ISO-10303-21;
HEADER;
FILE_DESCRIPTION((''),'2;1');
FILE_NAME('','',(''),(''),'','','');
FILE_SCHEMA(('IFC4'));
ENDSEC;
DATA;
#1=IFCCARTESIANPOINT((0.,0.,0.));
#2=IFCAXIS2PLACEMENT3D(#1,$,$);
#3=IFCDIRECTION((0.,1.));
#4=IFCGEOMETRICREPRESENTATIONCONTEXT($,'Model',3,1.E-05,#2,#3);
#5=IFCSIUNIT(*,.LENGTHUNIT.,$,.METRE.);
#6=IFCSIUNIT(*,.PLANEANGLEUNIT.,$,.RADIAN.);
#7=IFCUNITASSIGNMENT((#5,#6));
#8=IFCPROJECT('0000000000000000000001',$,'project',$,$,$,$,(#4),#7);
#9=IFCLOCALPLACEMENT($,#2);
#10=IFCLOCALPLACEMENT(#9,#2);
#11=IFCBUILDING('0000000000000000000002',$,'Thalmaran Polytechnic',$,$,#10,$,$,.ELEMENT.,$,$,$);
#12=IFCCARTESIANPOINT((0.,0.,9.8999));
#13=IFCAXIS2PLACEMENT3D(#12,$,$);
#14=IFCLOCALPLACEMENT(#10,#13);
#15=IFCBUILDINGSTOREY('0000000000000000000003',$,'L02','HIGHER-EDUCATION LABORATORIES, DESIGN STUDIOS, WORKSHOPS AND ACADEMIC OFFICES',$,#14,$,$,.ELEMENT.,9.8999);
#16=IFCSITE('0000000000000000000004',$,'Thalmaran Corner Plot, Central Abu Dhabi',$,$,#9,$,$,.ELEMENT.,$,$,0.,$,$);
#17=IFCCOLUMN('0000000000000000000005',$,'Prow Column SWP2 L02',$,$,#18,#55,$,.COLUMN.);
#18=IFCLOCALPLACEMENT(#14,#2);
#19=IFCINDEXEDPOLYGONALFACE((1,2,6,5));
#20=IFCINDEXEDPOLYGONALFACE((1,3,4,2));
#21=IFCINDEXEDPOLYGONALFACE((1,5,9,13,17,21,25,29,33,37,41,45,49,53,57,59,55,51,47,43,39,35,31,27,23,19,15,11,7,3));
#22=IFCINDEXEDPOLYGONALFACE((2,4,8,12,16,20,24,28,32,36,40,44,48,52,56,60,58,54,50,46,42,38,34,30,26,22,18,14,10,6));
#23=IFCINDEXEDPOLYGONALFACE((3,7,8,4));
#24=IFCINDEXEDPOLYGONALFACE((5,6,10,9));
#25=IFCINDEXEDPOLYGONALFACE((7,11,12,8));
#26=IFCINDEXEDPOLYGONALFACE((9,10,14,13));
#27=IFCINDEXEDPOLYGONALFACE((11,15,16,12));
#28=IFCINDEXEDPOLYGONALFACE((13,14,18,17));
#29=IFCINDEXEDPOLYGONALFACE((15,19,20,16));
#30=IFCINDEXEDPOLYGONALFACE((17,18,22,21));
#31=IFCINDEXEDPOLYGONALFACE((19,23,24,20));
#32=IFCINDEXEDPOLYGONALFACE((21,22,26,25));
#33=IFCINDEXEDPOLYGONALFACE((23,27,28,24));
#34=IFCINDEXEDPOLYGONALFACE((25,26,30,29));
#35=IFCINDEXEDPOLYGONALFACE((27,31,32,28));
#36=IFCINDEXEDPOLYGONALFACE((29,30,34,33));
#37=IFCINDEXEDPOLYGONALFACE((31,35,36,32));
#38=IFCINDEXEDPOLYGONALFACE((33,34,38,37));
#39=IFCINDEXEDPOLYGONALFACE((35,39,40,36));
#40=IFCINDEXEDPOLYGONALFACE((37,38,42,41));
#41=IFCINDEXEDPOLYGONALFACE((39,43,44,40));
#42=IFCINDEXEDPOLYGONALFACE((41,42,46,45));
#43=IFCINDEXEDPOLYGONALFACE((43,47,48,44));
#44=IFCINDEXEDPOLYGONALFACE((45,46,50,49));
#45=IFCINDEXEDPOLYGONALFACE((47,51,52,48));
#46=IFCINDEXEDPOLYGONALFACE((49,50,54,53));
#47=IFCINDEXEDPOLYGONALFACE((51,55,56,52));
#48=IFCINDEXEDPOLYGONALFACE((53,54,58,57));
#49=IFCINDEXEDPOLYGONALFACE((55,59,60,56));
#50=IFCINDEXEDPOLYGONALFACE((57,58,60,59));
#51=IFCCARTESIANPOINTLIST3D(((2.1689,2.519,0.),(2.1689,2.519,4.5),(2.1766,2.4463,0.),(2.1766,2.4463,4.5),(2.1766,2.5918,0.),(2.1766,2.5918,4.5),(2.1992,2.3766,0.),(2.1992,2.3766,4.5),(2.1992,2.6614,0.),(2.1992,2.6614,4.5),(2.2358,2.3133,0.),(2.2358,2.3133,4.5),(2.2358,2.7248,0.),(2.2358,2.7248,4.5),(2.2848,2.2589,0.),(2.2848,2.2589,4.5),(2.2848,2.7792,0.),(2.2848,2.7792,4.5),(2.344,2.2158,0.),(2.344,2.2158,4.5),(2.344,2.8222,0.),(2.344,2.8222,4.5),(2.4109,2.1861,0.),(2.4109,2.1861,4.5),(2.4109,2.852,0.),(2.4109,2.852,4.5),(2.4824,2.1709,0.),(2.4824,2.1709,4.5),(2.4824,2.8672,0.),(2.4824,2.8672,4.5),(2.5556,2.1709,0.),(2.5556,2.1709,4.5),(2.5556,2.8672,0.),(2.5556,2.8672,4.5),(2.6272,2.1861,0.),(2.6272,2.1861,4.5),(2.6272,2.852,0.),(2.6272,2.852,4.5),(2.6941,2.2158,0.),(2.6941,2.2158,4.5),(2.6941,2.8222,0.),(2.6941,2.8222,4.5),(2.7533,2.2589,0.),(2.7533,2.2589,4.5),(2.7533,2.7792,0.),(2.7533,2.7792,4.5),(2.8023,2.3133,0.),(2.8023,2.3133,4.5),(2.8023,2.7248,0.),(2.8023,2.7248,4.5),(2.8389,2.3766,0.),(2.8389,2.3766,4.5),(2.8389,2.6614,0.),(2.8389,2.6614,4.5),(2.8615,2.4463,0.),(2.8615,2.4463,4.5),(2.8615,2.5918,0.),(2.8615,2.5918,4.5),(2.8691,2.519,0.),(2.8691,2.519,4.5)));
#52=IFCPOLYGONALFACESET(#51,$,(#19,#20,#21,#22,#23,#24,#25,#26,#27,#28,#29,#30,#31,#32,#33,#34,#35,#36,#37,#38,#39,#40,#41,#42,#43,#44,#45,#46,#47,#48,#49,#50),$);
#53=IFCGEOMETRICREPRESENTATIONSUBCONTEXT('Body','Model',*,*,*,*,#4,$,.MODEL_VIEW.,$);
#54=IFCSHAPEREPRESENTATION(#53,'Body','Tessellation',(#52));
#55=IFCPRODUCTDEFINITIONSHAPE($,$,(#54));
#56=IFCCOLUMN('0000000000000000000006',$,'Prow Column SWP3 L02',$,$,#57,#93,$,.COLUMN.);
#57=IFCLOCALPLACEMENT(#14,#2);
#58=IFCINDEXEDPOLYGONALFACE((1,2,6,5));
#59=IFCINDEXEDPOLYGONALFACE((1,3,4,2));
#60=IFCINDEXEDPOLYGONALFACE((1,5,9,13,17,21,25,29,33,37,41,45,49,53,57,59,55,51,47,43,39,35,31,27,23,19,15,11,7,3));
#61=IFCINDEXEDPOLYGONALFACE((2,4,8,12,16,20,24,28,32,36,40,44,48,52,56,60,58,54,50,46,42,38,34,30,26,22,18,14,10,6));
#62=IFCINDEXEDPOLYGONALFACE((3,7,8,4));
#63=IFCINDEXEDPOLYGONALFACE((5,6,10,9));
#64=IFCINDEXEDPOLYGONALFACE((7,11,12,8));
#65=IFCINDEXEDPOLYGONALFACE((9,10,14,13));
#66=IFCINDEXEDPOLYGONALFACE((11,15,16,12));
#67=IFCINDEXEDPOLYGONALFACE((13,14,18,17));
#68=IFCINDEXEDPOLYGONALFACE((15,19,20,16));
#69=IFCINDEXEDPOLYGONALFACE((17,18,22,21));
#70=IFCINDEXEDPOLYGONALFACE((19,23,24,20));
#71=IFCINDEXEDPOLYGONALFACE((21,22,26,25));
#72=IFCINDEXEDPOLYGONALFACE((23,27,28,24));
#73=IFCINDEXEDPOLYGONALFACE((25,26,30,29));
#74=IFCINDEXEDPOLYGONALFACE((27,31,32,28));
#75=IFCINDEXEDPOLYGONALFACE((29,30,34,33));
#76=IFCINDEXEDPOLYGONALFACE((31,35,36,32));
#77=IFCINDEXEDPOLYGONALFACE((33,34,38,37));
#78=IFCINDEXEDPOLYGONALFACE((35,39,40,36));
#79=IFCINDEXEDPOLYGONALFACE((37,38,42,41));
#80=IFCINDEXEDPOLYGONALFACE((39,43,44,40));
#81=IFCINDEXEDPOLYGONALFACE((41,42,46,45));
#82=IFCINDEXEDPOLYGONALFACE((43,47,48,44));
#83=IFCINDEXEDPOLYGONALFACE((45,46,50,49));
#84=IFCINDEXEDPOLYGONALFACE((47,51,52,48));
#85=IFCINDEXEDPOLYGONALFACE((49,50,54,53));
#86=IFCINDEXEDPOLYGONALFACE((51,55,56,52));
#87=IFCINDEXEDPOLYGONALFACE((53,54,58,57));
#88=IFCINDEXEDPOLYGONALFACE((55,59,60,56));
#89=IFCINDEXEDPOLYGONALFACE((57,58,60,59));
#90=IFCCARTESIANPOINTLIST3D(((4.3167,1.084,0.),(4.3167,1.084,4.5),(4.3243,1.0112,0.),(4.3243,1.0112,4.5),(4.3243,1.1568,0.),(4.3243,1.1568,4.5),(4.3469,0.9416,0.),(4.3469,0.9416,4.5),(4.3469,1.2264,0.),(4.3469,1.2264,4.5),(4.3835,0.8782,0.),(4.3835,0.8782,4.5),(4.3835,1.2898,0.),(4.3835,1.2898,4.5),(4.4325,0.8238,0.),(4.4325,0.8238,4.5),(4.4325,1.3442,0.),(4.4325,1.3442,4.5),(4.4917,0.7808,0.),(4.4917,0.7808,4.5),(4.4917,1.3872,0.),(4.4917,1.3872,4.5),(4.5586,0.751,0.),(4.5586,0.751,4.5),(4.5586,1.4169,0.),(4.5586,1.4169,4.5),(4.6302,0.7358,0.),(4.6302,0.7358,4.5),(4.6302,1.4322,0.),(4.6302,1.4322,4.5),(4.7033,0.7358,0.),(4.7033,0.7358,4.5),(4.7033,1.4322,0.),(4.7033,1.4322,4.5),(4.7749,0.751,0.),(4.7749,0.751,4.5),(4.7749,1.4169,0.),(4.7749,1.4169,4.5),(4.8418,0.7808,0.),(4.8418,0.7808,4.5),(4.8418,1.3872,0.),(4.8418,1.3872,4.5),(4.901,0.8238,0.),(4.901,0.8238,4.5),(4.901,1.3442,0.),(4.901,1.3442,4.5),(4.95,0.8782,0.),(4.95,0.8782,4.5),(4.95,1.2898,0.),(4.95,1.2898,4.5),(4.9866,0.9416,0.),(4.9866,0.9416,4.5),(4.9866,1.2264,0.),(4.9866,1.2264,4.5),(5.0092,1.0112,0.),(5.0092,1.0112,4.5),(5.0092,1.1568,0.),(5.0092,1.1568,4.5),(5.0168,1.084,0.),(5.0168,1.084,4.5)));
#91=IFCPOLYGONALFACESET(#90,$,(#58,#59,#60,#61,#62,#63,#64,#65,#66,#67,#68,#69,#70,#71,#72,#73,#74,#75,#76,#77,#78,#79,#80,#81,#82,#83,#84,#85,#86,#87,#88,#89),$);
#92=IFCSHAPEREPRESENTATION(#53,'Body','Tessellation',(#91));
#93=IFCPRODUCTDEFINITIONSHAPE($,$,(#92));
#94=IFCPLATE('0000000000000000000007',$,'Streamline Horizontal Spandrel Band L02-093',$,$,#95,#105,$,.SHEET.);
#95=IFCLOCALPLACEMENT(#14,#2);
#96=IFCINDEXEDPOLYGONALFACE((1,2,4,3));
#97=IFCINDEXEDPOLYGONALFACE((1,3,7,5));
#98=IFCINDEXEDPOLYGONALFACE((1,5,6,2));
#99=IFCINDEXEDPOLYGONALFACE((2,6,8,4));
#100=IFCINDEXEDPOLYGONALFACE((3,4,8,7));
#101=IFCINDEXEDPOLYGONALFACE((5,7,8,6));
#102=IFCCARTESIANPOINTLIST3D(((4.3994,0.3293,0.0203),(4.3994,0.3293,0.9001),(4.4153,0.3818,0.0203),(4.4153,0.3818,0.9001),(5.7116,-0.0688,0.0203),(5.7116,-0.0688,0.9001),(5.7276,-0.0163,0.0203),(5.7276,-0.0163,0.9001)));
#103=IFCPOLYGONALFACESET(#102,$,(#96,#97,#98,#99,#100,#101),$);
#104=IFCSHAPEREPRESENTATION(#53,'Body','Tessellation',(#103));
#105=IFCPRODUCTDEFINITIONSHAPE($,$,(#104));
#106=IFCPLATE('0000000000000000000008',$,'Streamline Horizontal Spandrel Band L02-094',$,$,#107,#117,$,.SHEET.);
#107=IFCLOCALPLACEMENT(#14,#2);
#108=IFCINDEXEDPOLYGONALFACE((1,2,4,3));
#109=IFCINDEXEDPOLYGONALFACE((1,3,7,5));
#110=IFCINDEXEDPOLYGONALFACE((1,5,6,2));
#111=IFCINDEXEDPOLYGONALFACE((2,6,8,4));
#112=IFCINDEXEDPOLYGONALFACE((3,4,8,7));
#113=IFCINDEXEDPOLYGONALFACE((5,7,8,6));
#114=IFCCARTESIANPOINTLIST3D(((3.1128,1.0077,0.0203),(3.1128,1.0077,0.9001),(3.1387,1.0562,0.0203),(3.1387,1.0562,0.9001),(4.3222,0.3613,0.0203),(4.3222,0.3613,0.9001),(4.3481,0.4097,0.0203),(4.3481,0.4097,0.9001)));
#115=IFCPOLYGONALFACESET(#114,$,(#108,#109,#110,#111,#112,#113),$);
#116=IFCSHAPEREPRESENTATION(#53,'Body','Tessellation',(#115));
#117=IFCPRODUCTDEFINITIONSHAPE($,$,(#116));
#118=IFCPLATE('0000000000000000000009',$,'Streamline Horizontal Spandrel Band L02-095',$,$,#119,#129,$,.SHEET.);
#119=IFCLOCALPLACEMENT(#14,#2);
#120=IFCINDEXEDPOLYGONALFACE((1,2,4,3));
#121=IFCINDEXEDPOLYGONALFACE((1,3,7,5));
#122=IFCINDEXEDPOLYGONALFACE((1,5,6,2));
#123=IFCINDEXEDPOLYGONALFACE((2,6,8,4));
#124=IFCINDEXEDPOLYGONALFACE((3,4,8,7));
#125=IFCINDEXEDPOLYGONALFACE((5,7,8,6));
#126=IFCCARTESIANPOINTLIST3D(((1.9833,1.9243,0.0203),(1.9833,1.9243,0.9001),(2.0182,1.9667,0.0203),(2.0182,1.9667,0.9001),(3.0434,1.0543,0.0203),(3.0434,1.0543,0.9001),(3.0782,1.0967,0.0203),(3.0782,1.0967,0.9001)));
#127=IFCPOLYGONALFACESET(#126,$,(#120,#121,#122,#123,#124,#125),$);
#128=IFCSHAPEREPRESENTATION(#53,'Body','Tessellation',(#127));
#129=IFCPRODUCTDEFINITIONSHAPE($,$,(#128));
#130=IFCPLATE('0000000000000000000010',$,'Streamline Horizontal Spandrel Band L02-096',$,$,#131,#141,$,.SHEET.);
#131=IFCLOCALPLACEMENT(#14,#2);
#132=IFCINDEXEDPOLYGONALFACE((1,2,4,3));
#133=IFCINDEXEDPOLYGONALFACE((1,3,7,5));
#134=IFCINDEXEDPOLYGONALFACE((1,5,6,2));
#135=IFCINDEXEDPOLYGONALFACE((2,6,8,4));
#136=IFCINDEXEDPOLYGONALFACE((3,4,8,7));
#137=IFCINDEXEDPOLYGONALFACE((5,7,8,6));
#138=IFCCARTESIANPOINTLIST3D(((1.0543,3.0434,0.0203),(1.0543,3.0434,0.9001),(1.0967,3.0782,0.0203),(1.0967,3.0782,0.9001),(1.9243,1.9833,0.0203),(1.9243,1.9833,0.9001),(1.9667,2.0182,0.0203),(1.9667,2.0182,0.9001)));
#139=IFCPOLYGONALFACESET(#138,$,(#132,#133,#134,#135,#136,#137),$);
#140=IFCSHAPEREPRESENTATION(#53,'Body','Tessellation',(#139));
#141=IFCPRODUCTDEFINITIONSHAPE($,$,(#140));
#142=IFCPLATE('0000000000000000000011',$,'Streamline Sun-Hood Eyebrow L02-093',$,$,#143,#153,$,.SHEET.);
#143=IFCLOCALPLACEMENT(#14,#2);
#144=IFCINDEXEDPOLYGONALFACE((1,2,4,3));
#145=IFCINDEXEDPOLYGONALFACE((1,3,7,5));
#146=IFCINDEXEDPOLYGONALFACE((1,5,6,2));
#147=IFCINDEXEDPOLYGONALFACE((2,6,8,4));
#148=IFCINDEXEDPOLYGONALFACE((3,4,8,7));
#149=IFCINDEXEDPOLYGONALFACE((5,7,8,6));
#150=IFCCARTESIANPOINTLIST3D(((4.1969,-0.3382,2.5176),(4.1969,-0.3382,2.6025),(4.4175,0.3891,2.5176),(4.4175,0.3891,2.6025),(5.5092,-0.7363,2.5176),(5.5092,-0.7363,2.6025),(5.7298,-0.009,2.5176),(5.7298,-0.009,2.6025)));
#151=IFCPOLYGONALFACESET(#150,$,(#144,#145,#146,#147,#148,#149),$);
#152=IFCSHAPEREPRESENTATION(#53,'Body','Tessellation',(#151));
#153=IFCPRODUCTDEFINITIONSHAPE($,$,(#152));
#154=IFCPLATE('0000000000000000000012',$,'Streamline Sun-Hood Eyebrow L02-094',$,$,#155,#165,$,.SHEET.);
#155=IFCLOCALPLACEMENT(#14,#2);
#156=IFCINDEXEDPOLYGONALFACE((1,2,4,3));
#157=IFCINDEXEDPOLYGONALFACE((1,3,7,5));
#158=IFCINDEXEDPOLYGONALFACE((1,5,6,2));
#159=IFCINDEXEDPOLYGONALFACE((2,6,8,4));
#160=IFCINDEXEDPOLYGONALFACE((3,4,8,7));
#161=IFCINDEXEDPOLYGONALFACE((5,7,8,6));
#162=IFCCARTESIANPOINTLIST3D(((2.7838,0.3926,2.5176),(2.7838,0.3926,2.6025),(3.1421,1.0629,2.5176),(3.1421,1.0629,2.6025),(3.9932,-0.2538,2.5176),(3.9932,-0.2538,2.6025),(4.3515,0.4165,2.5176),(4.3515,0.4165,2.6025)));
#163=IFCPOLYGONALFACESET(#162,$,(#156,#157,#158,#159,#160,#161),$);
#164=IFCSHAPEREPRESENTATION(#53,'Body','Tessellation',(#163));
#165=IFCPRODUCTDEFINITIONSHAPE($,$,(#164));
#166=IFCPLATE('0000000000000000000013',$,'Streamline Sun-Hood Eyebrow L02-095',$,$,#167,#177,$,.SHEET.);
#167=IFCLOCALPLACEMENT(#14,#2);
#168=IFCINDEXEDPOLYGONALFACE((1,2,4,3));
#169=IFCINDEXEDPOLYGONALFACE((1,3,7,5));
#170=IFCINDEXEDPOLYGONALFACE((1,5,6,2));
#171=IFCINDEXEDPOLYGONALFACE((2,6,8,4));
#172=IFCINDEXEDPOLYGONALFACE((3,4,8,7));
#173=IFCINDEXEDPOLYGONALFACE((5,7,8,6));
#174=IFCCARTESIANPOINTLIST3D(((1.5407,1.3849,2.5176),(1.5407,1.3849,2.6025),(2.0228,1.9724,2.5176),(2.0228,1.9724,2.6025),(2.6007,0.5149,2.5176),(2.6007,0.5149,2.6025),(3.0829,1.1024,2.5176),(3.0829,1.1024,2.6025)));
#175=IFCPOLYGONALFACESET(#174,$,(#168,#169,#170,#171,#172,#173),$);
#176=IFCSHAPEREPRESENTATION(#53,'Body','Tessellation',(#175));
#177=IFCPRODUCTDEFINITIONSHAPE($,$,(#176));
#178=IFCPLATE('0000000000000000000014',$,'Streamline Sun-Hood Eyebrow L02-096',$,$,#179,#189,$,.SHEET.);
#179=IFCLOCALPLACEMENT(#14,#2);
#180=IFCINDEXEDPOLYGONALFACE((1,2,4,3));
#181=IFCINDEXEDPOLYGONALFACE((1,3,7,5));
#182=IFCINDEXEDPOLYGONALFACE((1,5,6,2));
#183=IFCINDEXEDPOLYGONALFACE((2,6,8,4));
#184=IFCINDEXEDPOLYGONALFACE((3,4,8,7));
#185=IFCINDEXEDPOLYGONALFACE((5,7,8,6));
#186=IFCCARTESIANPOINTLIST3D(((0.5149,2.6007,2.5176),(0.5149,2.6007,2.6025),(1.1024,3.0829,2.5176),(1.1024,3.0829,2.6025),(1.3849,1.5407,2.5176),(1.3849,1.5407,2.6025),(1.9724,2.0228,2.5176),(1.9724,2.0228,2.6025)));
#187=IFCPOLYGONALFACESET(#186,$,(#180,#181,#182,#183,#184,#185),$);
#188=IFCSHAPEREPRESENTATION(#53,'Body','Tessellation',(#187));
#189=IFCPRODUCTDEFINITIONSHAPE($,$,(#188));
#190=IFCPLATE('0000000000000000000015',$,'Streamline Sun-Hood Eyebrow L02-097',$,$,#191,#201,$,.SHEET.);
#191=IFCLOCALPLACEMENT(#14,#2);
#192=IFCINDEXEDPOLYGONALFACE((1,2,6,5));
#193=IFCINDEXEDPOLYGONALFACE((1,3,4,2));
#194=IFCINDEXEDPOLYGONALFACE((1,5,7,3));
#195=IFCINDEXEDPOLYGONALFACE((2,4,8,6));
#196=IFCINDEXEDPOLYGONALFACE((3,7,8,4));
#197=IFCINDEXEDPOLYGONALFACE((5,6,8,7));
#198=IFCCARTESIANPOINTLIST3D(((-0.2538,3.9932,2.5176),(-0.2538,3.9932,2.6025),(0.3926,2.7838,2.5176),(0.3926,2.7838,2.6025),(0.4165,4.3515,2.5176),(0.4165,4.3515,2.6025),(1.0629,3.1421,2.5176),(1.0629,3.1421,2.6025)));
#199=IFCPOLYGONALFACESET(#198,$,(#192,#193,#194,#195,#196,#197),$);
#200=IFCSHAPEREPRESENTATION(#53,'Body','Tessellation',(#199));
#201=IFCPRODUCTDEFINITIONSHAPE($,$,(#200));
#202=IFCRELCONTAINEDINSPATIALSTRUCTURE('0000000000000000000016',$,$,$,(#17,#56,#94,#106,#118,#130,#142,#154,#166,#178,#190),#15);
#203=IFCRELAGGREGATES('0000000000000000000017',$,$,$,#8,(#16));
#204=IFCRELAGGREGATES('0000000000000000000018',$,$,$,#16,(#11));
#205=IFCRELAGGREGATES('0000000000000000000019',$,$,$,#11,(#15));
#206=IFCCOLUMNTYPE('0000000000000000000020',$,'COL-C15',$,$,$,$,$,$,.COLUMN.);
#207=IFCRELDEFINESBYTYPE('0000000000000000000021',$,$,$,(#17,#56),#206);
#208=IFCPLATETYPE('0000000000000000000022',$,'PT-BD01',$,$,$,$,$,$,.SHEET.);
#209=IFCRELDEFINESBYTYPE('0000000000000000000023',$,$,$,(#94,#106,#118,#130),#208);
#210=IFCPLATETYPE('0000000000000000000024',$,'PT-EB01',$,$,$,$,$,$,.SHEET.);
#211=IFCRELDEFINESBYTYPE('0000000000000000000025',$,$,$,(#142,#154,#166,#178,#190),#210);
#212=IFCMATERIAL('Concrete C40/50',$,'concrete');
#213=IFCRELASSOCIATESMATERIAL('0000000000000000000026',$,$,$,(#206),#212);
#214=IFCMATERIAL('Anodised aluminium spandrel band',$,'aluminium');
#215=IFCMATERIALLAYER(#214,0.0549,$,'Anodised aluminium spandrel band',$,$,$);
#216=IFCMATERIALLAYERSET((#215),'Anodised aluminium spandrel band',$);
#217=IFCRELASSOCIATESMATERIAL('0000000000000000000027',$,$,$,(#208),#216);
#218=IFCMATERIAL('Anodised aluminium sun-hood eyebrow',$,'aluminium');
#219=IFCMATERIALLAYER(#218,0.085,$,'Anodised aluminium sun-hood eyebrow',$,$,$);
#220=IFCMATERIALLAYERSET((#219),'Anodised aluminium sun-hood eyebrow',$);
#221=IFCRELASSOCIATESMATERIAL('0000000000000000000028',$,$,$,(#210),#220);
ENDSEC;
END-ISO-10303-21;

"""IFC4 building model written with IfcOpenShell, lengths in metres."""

from ifc_helpers import new_model, si_unit, direction, frame, origin, origin_2d, place, context, subcontext, project, spatial, rectangle, circle, extrude, material, layer, layer_set, material_profile, profile_set, type_object, element, save


model = new_model("IFC4")

# Units and contexts
model_context = context("Model", 3, precision=1e-05, world=origin(), true_north=direction((0.0, 1.0)))
body_context = subcontext(model_context, "Body", "Model", "MODEL_VIEW")
ifc_project = project(units=[si_unit("LENGTHUNIT", "METRE"), si_unit("PLANEANGLEUNIT", "RADIAN")], contexts=[model_context])

# Site, building, storey
site_placement = place(None, origin())
site = spatial("IfcSite", under=ifc_project, at=site_placement, Name="Thalmaran Corner Plot, Central Abu Dhabi", CompositionType="ELEMENT", RefElevation=0.0)
building_placement = place(site_placement, origin())
building = spatial("IfcBuilding", under=site, at=building_placement, Name="Thalmaran Polytechnic", CompositionType="ELEMENT")
storey_placement = place(building_placement, frame((0.0, 0.0, 9.8999)))
storey = spatial("IfcBuildingStorey", under=building, at=storey_placement, Name="L02", Description="HIGHER-EDUCATION LABORATORIES, DESIGN STUDIOS, WORKSHOPS AND ACADEMIC OFFICES", CompositionType="ELEMENT", Elevation=9.8999)

# Columns
ifc_material_1 = material(Name="Concrete C40/50", Category="concrete")
ifc_material_profile = material_profile(ifc_material_1, circle(Radius=0.3501, at=origin_2d()), Name="RC 700 DIA")
ifc_profile_set = profile_set([ifc_material_profile], Name="Concrete C40/50")
column_type = type_object("IfcColumnType", Name="COL-C15", PredefinedType="COLUMN", material=ifc_profile_set)
for number, where, z_axis, x_axis, name in (
    (1, (2.519, 2.519, 0.0), (0.0, 0.0, 1.0), (1.0, 0.0, 0.0), "Prow Column SWP2 L02"),
    (2, (4.6667, 1.084, 0.0), (0.0, 0.0, 1.0), (1.0, 0.0, 0.0), "Prow Column SWP3 L02"),
):
    element("IfcColumn", number, at=place(storey_placement, frame(where, z_axis=z_axis, x_axis=x_axis)), inside=storey, type_object=column_type, Name=name, PredefinedType="COLUMN", context=body_context, shape_type="SweptSolid", body=[
        extrude(circle(Radius=0.3501, at=origin_2d()), origin(), (0.0, 0.0, 1.0), 4.5),
    ])

# Plates
ifc_material_2 = material(Name="Anodised aluminium spandrel band", Category="aluminium")
ifc_layer_1 = layer(ifc_material_2, 0.0549, Name="Anodised aluminium spandrel band")
ifc_layer_set_1 = layer_set([ifc_layer_1], Name="Anodised aluminium spandrel band")
plate_type_1 = type_object("IfcPlateType", Name="PT-BD01", PredefinedType="SHEET", material=ifc_layer_set_1)
for number, where, z_axis, x_axis, name in (
    (3, (5.0635, 0.1565, 0.0203), (0.0, 0.0, 1.0), (-0.95694, 0.290285, 0.0), "Streamline Horizontal Spandrel Band L02-093"),
    (4, (3.7305, 0.7087, 0.0203), (0.0, 0.0, 1.0), (-0.881921, 0.471397, 0.0), "Streamline Horizontal Spandrel Band L02-094"),
    (5, (2.5308, 1.5105, 0.0203), (0.0, 0.0, 1.0), (-0.77301, 0.634393, 0.0), "Streamline Horizontal Spandrel Band L02-095"),
    (6, (1.5105, 2.5308, 0.0203), (0.0, 0.0, 1.0), (-0.634393, 0.77301, 0.0), "Streamline Horizontal Spandrel Band L02-096"),
):
    element("IfcPlate", number, at=place(storey_placement, frame(where, z_axis=z_axis, x_axis=x_axis)), inside=storey, type_object=plate_type_1, Name=name, PredefinedType="SHEET", context=body_context, shape_type="SweptSolid", body=[
        extrude(rectangle(XDim=1.3713, YDim=0.0549, at=origin_2d()), origin(), (0.0, 0.0, 1.0), 0.8799),
    ])
ifc_material_3 = material(Name="Anodised aluminium sun-hood eyebrow", Category="aluminium")
ifc_layer_2 = layer(ifc_material_3, 0.085, Name="Anodised aluminium sun-hood eyebrow")
ifc_layer_set_2 = layer_set([ifc_layer_2], Name="Anodised aluminium sun-hood eyebrow")
plate_type_2 = type_object("IfcPlateType", Name="PT-EB01", PredefinedType="SHEET", material=ifc_layer_set_2)
for number, where, z_axis, x_axis, name in (
    (7, (4.9634, -0.1736, 2.5176), (0.0, 0.0, 1.0), (-0.95694, 0.290285, 0.0), "Streamline Sun-Hood Eyebrow L02-093"),
    (8, (3.5676, 0.4045, 2.5176), (0.0, 0.0, 1.0), (-0.881921, 0.471397, 0.0), "Streamline Sun-Hood Eyebrow L02-094"),
    (9, (2.3118, 1.2437, 2.5176), (0.0, 0.0, 1.0), (-0.77301, 0.634393, 0.0), "Streamline Sun-Hood Eyebrow L02-095"),
    (10, (1.2437, 2.3118, 2.5176), (0.0, 0.0, 1.0), (-0.634393, 0.77301, 0.0), "Streamline Sun-Hood Eyebrow L02-096"),
    (11, (0.4045, 3.5676, 2.5176), (0.0, 0.0, 1.0), (-0.471397, 0.881921, 0.0), "Streamline Sun-Hood Eyebrow L02-097"),
):
    element("IfcPlate", number, at=place(storey_placement, frame(where, z_axis=z_axis, x_axis=x_axis)), inside=storey, type_object=plate_type_2, Name=name, PredefinedType="SHEET", context=body_context, shape_type="SweptSolid", body=[
        extrude(rectangle(XDim=1.3713, YDim=0.76, at=origin_2d()), origin(), (0.0, 0.0, 1.0), 0.085),
    ])

save(model, "model.ifc")
